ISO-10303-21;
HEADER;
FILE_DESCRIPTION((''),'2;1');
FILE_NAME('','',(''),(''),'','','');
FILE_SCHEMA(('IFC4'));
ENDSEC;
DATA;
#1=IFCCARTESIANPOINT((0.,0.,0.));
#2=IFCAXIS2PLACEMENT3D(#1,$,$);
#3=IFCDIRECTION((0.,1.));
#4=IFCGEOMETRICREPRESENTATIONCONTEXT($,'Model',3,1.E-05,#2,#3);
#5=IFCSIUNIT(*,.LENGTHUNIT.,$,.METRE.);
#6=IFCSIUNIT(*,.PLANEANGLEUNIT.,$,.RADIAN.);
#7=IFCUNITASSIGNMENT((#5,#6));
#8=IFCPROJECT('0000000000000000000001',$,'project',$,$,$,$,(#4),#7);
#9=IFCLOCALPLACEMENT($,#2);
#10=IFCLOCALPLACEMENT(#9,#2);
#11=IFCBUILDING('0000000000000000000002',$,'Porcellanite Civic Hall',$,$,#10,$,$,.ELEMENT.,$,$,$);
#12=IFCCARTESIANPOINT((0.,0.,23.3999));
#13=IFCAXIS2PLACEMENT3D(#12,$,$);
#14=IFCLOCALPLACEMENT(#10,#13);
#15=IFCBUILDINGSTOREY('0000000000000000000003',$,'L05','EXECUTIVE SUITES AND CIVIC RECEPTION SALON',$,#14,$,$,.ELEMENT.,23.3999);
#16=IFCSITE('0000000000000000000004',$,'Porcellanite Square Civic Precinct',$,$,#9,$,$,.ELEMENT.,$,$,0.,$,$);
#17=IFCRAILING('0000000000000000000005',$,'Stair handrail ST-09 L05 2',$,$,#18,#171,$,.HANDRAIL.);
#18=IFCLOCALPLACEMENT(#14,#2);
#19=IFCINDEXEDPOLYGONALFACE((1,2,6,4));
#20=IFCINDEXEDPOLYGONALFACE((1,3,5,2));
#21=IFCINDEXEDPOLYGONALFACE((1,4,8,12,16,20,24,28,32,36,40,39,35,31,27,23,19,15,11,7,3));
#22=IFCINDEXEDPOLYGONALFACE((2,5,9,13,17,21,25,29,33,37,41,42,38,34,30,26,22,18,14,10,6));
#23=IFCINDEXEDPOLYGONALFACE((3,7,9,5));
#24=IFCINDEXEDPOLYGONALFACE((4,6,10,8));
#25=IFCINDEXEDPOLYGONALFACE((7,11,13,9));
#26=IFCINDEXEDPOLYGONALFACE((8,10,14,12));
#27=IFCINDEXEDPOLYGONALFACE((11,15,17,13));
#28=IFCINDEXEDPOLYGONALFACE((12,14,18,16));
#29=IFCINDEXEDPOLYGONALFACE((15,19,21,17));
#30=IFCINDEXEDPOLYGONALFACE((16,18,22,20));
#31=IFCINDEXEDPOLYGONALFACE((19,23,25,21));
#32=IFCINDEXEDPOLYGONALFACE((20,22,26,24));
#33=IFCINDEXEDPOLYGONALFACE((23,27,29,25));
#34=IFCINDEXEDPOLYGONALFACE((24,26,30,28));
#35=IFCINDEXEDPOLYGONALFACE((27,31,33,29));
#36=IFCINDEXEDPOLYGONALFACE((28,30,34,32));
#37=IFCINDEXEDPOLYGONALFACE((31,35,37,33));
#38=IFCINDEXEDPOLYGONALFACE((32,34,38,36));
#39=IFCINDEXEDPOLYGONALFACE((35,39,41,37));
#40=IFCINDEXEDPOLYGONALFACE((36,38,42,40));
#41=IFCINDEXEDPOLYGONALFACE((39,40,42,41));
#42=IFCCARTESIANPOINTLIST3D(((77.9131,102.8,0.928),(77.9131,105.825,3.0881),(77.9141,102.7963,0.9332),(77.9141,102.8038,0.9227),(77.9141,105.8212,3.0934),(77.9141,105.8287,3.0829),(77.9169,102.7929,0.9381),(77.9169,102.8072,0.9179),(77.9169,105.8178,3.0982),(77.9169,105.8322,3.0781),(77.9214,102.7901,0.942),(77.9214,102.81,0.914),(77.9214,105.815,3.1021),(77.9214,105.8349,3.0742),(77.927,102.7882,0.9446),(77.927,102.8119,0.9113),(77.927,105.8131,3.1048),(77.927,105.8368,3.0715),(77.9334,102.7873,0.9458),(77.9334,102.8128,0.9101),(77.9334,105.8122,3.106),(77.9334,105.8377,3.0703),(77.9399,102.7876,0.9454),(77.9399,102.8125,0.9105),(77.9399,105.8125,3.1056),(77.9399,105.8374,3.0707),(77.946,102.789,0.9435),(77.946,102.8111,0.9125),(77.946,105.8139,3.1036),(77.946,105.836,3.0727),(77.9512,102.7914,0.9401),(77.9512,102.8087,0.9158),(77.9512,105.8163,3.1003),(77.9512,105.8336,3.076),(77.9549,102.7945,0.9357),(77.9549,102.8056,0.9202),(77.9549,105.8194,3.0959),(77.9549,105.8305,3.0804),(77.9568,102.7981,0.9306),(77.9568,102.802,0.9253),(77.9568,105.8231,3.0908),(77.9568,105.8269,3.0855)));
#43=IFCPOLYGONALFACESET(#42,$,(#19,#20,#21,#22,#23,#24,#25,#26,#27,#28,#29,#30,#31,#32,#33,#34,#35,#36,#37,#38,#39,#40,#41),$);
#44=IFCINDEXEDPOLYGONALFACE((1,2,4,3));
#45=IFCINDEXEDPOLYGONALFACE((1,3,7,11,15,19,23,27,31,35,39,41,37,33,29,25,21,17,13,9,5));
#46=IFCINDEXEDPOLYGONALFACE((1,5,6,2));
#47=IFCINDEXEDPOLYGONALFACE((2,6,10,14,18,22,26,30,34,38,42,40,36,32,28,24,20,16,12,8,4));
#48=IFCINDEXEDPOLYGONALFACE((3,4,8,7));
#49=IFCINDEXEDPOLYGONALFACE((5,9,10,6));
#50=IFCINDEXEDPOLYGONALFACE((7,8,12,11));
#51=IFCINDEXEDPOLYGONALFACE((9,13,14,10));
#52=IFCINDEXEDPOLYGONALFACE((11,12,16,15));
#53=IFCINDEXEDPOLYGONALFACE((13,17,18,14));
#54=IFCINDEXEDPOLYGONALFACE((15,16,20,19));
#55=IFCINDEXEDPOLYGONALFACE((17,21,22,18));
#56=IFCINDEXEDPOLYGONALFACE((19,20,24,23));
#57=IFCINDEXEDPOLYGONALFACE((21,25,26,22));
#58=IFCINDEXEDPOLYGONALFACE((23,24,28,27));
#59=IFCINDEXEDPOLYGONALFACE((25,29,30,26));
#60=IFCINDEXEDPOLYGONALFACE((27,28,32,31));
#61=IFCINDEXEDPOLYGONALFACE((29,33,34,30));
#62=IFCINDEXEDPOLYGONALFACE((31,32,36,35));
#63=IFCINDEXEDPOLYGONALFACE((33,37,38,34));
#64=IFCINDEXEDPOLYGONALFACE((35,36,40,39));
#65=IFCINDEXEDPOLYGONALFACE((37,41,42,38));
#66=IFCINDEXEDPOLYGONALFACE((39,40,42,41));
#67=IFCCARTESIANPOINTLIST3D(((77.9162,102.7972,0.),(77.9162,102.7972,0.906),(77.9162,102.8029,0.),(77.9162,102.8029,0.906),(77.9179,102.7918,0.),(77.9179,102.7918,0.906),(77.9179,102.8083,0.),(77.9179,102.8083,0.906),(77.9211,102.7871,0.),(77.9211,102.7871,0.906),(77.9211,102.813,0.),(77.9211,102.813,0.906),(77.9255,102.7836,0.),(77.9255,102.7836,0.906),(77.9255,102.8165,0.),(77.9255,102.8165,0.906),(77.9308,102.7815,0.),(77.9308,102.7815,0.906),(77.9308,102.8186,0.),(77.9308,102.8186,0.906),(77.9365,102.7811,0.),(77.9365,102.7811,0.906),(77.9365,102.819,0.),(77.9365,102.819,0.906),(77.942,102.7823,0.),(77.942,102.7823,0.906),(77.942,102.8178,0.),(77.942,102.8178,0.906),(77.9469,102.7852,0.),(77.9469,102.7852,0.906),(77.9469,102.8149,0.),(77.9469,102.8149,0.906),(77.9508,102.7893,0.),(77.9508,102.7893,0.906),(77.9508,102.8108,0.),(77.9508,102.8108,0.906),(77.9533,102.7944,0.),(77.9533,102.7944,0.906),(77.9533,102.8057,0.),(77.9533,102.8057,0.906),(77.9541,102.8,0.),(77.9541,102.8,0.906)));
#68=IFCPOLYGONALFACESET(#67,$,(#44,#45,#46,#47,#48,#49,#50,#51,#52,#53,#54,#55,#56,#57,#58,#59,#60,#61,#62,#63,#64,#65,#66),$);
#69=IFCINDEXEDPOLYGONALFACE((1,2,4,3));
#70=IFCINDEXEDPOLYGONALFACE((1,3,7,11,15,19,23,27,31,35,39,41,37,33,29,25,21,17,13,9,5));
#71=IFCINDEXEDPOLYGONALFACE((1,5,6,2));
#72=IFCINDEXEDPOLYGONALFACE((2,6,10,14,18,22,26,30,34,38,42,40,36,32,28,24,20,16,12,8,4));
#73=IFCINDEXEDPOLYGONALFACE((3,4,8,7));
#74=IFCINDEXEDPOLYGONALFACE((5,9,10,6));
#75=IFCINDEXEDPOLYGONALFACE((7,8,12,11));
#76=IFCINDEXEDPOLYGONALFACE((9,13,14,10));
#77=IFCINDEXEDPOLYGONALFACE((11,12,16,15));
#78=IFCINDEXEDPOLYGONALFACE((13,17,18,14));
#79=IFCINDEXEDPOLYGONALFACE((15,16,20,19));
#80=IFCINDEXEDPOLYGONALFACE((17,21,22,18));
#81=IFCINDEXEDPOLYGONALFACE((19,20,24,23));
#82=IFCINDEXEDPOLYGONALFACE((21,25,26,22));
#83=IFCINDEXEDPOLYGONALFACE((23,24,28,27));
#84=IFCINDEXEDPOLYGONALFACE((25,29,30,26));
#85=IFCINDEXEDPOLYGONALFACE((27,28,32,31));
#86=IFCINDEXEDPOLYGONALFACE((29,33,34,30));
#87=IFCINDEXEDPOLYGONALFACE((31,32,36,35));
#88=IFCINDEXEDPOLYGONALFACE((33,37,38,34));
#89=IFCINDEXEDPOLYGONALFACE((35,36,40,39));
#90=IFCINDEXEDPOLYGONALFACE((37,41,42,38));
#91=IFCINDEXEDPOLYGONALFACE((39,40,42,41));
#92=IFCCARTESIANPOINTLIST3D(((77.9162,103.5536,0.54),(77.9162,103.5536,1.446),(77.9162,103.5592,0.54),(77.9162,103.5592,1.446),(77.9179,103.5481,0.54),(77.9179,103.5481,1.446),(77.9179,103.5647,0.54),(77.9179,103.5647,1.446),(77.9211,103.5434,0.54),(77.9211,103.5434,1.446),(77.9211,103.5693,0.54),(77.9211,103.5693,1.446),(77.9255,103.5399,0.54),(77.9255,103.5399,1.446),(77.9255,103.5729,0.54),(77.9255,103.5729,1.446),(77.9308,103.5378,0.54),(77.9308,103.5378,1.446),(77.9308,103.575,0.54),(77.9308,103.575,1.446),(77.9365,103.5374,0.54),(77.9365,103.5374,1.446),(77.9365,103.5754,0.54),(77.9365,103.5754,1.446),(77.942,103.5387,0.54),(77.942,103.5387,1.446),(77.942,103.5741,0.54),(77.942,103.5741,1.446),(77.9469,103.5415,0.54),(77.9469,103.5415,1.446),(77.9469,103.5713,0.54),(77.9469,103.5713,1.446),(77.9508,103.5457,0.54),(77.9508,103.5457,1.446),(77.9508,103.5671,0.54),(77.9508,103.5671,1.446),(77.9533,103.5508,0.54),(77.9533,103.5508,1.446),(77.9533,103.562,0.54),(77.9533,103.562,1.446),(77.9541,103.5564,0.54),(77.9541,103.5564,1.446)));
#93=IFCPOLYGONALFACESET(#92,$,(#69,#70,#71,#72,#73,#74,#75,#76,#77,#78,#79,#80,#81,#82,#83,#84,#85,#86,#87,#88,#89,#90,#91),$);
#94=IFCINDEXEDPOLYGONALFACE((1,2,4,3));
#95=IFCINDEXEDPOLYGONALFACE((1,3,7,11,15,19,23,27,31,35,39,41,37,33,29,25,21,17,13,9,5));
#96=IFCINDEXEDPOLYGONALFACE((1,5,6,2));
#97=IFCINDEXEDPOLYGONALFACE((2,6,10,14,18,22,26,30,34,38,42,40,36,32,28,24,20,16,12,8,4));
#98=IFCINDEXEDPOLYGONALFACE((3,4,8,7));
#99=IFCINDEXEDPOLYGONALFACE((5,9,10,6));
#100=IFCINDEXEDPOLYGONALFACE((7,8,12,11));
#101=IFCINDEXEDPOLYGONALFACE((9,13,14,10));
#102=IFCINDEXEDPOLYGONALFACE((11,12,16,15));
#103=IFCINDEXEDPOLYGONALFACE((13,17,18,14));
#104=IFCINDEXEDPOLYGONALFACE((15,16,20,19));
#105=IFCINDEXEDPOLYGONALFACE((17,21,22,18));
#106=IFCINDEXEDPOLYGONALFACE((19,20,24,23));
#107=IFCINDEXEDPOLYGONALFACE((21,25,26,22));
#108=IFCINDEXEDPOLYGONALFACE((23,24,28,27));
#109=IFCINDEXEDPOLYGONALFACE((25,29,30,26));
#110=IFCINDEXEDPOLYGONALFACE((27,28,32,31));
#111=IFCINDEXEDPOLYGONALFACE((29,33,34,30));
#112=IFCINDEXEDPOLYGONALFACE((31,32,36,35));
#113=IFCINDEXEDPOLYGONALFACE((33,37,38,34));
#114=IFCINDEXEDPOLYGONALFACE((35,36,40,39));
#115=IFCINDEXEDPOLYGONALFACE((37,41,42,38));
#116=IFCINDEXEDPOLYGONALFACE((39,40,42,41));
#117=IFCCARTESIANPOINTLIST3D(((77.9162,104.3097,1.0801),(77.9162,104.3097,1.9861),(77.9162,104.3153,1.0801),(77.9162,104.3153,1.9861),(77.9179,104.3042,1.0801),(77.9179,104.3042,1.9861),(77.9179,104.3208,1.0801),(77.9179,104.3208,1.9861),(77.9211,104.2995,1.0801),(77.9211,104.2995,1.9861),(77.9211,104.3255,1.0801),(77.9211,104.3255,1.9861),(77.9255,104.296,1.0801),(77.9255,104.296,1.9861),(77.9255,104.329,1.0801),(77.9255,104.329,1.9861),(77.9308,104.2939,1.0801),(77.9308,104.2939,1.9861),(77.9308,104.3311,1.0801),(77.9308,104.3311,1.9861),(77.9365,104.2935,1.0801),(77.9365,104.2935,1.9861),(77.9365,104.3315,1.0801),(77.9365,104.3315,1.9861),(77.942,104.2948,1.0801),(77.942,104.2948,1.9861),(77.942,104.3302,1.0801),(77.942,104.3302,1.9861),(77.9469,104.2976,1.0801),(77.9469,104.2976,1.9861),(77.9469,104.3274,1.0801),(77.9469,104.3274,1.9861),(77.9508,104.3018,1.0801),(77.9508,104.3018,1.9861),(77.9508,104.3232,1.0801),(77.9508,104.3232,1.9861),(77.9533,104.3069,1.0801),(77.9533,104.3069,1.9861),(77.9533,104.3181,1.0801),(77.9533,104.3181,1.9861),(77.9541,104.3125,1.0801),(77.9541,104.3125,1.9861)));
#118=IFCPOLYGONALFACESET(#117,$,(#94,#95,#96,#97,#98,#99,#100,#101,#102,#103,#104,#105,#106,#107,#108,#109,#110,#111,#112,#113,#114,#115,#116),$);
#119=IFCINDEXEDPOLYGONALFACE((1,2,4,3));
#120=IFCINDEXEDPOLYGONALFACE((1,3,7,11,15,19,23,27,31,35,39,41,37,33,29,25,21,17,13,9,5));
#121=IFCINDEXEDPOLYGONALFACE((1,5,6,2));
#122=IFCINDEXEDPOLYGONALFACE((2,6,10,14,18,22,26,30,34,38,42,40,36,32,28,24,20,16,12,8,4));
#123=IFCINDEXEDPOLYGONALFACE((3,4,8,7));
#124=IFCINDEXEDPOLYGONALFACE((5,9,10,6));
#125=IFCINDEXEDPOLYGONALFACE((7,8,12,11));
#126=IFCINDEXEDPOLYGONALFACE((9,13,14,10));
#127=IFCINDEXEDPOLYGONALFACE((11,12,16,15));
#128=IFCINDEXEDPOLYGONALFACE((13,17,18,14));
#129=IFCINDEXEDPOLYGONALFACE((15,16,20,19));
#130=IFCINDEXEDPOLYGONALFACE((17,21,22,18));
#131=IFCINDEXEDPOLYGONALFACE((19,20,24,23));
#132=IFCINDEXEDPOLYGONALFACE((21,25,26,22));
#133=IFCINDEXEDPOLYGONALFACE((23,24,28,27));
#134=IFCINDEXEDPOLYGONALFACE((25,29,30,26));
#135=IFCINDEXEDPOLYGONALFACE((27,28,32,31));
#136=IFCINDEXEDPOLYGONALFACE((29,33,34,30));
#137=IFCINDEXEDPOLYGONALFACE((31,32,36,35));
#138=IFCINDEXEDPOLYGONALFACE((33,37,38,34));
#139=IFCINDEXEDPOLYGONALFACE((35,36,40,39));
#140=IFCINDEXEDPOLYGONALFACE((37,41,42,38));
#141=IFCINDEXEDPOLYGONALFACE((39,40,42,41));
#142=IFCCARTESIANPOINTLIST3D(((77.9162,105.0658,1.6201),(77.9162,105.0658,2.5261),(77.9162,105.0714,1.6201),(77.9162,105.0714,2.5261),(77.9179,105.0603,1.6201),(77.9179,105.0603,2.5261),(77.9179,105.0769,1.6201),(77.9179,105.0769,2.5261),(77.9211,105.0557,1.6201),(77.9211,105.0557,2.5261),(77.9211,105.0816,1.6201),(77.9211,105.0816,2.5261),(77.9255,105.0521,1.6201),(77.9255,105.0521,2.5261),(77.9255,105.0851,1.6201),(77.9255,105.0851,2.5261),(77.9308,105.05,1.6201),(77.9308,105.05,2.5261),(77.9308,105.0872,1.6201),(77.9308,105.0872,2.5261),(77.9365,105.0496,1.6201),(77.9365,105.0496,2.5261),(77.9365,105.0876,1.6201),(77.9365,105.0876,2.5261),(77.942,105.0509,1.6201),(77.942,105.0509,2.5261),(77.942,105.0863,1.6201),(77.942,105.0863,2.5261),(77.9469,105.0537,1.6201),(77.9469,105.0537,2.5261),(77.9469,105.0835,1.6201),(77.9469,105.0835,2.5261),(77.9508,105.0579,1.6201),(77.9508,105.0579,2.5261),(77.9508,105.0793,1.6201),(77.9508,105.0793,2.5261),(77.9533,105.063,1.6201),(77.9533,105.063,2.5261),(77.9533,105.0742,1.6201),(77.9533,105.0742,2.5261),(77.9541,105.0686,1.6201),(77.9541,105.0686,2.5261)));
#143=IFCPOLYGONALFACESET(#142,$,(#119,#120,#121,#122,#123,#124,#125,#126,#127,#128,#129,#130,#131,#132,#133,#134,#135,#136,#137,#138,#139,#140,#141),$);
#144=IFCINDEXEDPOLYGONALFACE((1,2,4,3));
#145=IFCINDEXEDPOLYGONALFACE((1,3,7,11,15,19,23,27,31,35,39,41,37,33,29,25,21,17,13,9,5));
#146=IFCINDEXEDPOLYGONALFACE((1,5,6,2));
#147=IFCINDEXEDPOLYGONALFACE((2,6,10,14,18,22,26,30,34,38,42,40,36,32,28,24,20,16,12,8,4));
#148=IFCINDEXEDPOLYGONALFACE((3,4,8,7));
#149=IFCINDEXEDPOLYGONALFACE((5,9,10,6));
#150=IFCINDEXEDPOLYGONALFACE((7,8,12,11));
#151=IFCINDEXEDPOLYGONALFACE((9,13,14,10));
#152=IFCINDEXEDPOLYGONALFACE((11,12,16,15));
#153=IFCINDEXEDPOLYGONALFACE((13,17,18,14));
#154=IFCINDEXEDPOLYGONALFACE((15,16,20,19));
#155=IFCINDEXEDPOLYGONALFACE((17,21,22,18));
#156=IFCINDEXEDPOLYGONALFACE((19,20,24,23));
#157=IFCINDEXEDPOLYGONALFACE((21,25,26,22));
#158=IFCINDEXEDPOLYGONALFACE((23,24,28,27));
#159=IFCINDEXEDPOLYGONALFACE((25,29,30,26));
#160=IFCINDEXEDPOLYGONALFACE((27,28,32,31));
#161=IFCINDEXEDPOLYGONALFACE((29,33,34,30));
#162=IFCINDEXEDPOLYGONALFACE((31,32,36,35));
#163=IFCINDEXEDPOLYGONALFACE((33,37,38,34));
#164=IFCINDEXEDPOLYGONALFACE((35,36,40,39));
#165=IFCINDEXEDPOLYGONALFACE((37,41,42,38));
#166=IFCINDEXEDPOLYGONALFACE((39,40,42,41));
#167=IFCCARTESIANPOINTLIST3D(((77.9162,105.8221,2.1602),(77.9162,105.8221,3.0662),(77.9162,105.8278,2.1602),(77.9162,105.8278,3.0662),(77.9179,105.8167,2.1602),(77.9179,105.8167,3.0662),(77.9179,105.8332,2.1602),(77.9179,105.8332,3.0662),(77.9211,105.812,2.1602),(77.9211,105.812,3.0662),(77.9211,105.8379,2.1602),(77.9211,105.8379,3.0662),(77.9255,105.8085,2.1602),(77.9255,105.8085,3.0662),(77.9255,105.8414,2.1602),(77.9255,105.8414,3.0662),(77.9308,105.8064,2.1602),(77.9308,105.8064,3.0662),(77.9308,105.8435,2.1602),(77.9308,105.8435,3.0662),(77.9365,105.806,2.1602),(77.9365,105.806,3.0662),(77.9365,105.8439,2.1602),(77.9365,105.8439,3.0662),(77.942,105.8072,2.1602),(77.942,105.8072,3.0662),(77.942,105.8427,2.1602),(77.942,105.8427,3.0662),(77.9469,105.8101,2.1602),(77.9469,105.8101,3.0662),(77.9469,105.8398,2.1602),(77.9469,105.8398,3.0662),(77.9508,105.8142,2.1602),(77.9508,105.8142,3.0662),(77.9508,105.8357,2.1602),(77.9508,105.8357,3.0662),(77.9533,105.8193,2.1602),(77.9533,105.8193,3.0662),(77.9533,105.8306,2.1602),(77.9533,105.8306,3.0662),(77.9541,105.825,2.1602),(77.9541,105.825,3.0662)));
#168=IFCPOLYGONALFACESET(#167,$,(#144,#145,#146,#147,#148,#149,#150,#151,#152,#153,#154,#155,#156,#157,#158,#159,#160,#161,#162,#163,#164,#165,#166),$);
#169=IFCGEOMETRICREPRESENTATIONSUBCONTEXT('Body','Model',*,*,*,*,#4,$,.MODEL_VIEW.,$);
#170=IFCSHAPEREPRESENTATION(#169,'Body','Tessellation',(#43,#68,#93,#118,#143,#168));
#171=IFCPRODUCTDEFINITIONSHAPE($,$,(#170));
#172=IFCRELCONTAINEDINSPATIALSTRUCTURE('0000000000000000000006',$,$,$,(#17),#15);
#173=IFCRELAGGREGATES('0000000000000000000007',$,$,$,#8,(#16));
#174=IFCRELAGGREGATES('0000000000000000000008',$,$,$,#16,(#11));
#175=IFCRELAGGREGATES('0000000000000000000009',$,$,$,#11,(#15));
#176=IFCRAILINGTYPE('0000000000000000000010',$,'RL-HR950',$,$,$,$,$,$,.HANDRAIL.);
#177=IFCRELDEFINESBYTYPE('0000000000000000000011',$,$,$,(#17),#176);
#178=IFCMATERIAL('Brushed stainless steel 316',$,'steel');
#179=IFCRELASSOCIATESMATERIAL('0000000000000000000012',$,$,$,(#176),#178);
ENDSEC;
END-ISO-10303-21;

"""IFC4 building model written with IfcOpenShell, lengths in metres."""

from ifc_helpers import new_model, si_unit, direction, frame, origin, origin_2d, place, context, subcontext, project, spatial, circle, extrude, material, type_object, element, save


model = new_model("IFC4")

# Units and contexts
model_context = context("Model", 3, precision=1e-05, world=origin(), true_north=direction((0.0, 1.0)))
body_context = subcontext(model_context, "Body", "Model", "MODEL_VIEW")
ifc_project = project(units=[si_unit("LENGTHUNIT", "METRE"), si_unit("PLANEANGLEUNIT", "RADIAN")], contexts=[model_context])

# Site, building, storey
site_placement = place(None, origin())
site = spatial("IfcSite", under=ifc_project, at=site_placement, Name="Porcellanite Square Civic Precinct", CompositionType="ELEMENT", RefElevation=0.0)
building_placement = place(site_placement, origin())
building = spatial("IfcBuilding", under=site, at=building_placement, Name="Porcellanite Civic Hall", CompositionType="ELEMENT")
storey_placement = place(building_placement, frame((0.0, 0.0, 23.3999)))
storey = spatial("IfcBuildingStorey", under=building, at=storey_placement, Name="L05", Description="EXECUTIVE SUITES AND CIVIC RECEPTION SALON", CompositionType="ELEMENT", Elevation=23.3999)

# Railing
ifc_material_1 = material(Name="Brushed stainless steel 316", Category="steel")
railing_type_1 = type_object("IfcRailingType", Name="RL-HR950", PredefinedType="HANDRAIL", material=ifc_material_1)
railing_1_placement = place(storey_placement, frame((77.9351, 102.8, 0.0)))
element("IfcRailing", 1, at=railing_1_placement, inside=storey, type_object=railing_type_1, Name="Stair handrail ST-09 L05 2", PredefinedType="HANDRAIL", context=body_context, shape_type="SweptSolid", body=[
    extrude(circle(Radius=0.022, at=origin_2d()), frame((0.0, 0.0, 0.928), z_axis=(0.0, 0.813796, 0.581151), x_axis=(-1.0, 0.0, 0.0)), (0.0, 0.0, 1.0), 3.717),
    extrude(circle(Radius=0.019, at=origin_2d()), origin(), (0.0, 0.0, 1.0), 0.906),
    extrude(circle(Radius=0.019, at=origin_2d()), frame((0.0, 0.7563, 0.54)), (0.0, 0.0, 1.0), 0.906),
    extrude(circle(Radius=0.019, at=origin_2d()), frame((0.0, 1.5125, 1.0801)), (0.0, 0.0, 1.0), 0.906),
    extrude(circle(Radius=0.019, at=origin_2d()), frame((0.0, 2.2686, 1.6201)), (0.0, 0.0, 1.0), 0.906),
    extrude(circle(Radius=0.019, at=origin_2d()), frame((0.0, 3.0249, 2.1602)), (0.0, 0.0, 1.0), 0.906),
])

save(model, "model.ifc")
